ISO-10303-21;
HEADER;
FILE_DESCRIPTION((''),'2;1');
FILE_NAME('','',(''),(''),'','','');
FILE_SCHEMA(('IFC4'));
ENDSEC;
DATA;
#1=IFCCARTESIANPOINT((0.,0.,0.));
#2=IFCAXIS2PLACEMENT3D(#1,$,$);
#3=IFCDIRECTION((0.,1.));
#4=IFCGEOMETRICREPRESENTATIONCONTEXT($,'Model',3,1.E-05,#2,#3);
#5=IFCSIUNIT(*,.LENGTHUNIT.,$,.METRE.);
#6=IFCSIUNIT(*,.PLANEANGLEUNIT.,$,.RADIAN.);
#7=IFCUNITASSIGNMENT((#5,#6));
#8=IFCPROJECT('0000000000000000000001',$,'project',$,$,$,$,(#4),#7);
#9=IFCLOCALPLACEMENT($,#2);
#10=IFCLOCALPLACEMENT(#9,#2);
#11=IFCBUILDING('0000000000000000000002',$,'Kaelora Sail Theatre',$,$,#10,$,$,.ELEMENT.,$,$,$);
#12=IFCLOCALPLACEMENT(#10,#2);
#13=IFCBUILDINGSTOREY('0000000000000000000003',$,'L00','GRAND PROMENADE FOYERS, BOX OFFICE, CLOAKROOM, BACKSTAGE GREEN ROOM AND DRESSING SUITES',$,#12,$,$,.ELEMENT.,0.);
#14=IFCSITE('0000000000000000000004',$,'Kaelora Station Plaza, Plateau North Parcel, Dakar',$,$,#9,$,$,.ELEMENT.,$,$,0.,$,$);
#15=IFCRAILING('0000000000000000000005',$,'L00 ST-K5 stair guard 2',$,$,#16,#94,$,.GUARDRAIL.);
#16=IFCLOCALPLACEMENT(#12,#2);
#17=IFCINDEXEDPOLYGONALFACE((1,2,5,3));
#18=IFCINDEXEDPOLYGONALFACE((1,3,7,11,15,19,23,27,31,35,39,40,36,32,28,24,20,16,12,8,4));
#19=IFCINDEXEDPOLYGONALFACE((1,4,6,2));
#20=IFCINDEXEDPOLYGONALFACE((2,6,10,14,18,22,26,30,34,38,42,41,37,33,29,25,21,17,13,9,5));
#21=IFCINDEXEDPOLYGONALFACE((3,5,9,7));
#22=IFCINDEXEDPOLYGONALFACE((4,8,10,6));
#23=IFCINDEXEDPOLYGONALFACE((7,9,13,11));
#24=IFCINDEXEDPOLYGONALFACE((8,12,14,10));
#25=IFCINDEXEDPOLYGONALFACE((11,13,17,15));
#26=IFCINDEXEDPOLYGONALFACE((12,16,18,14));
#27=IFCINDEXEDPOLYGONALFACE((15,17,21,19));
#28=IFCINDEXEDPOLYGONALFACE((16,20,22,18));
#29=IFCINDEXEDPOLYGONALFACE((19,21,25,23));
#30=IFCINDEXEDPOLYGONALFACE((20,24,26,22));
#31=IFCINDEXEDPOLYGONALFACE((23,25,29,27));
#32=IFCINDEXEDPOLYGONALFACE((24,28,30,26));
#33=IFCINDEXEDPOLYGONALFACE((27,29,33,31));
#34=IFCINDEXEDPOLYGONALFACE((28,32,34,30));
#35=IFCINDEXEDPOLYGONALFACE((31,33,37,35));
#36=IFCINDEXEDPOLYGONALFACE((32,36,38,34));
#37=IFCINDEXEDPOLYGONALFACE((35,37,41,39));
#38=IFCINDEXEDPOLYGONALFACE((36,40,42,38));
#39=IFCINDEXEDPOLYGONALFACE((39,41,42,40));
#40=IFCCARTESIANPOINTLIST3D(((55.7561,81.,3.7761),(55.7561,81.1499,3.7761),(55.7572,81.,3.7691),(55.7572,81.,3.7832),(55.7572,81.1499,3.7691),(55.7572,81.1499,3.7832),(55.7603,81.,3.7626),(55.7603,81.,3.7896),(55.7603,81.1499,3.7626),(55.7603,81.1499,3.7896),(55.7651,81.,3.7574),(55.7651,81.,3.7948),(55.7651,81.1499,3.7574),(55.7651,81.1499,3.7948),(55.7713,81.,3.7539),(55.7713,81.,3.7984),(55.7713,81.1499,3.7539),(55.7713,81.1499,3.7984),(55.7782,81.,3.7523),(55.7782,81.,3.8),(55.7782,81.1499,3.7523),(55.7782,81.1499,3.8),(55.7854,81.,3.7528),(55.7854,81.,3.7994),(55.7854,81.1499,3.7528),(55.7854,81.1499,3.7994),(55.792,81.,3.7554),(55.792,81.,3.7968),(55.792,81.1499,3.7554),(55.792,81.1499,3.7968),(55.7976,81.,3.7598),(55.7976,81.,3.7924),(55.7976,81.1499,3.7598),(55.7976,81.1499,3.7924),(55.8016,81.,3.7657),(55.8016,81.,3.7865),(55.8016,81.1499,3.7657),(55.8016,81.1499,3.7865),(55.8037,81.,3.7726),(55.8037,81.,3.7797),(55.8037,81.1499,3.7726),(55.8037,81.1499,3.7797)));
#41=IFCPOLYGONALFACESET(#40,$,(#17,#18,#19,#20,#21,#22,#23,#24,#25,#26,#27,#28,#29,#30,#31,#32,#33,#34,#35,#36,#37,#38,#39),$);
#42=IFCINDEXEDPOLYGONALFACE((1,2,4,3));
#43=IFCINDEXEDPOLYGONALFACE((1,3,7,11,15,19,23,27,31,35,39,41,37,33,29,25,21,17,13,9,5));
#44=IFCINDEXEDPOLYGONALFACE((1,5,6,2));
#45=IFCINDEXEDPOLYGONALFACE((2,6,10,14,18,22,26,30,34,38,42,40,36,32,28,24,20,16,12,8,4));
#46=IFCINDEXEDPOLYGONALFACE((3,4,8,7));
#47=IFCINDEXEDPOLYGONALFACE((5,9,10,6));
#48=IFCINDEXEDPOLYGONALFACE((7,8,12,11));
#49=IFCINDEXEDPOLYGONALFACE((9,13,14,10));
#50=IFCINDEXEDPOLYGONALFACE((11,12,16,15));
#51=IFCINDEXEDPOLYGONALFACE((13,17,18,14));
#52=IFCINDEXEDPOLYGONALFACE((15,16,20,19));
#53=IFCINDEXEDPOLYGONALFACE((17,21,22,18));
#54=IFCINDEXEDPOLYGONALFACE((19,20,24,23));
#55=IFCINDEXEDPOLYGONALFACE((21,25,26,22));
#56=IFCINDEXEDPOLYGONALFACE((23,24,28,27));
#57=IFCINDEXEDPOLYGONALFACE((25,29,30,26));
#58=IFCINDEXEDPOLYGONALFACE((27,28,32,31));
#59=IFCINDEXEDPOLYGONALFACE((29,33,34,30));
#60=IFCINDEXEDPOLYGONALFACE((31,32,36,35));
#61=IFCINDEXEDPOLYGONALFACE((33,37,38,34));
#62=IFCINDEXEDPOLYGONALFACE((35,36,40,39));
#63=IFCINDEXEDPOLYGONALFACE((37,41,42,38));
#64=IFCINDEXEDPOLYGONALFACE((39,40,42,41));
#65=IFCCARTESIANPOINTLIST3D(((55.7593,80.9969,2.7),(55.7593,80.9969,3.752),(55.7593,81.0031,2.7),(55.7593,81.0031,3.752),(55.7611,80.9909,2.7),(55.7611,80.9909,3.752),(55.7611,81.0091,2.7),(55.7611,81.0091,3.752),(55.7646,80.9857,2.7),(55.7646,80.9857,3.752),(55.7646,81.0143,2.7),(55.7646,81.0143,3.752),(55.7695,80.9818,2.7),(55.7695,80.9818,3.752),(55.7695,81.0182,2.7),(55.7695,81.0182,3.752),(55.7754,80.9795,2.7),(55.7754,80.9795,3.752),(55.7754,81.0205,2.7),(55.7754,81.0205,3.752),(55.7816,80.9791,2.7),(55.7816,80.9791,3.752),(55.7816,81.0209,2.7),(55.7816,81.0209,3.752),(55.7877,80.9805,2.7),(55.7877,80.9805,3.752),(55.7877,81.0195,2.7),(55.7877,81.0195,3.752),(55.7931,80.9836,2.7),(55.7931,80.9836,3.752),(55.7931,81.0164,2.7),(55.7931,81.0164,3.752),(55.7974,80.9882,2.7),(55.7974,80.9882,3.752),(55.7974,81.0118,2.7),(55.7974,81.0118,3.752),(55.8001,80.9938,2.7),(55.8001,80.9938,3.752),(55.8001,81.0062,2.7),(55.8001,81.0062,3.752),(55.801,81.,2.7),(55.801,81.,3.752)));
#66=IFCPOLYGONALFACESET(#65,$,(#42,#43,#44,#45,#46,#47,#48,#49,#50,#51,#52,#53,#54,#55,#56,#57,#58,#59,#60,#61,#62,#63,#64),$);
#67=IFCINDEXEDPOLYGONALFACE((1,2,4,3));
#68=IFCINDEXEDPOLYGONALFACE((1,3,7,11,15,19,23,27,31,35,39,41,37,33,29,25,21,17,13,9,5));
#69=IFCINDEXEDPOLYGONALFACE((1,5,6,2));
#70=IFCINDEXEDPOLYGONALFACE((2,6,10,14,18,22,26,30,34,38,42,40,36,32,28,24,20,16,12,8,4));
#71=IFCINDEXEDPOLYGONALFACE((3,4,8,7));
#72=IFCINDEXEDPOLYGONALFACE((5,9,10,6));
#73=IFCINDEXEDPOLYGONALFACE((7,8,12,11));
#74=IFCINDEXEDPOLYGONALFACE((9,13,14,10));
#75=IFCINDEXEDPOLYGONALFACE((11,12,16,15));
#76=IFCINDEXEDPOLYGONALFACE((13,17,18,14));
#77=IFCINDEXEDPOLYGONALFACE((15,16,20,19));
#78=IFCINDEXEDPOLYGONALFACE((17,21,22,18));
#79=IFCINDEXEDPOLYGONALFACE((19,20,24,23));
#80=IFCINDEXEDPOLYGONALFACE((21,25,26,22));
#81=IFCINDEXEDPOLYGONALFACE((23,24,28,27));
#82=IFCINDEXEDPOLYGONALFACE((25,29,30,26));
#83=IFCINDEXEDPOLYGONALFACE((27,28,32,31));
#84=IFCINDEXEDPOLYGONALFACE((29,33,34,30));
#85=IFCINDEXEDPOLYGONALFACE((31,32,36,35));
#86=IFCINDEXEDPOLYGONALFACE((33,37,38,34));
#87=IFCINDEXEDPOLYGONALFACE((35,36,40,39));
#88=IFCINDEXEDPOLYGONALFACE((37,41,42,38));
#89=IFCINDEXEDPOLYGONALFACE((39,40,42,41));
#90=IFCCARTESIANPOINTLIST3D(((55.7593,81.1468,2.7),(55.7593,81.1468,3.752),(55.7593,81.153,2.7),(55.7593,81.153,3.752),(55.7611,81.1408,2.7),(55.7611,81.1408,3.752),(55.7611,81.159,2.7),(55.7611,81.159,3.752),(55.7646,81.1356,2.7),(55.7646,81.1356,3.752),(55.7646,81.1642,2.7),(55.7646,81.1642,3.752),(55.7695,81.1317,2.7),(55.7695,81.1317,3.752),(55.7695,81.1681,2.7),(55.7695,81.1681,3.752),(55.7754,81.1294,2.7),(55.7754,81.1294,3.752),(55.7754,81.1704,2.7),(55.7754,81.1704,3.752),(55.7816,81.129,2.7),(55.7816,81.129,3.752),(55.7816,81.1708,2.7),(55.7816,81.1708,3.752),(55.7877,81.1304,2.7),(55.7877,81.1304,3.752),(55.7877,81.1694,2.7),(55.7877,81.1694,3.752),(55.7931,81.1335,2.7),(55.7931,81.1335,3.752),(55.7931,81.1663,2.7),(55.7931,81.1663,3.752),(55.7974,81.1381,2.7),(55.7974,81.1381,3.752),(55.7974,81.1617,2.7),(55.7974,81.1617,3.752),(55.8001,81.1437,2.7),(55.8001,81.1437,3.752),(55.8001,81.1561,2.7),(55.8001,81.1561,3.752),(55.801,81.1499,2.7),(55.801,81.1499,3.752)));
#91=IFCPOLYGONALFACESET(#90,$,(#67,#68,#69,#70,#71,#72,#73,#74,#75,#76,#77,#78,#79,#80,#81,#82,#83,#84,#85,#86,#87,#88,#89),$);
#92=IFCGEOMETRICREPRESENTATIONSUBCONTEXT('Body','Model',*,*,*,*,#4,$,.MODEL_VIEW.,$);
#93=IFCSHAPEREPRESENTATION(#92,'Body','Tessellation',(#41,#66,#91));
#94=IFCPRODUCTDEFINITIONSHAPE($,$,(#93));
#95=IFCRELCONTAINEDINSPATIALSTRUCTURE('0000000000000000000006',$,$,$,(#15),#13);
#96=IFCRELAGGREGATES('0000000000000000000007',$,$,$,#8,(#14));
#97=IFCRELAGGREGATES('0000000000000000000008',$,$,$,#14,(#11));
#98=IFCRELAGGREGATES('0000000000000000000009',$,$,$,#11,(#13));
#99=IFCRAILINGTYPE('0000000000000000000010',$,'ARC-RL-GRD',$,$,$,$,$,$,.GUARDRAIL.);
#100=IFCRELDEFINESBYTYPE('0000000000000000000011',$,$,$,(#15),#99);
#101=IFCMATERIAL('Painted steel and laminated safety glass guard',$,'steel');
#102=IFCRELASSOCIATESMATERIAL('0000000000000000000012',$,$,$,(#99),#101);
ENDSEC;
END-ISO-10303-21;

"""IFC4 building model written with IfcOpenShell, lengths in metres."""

from ifc_helpers import new_model, si_unit, direction, frame, origin, origin_2d, place, context, subcontext, project, spatial, circle, extrude, material, type_object, element, save


model = new_model("IFC4")

# Units and contexts
model_context = context("Model", 3, precision=1e-05, world=origin(), true_north=direction((0.0, 1.0)))
body_context = subcontext(model_context, "Body", "Model", "MODEL_VIEW")
ifc_project = project(units=[si_unit("LENGTHUNIT", "METRE"), si_unit("PLANEANGLEUNIT", "RADIAN")], contexts=[model_context])

# Site, building, storey
site_placement = place(None, origin())
site = spatial("IfcSite", under=ifc_project, at=site_placement, Name="Kaelora Station Plaza, Plateau North Parcel, Dakar", CompositionType="ELEMENT", RefElevation=0.0)
building_placement = place(site_placement, origin())
building = spatial("IfcBuilding", under=site, at=building_placement, Name="Kaelora Sail Theatre", CompositionType="ELEMENT")
storey_placement = place(building_placement, origin())
storey = spatial("IfcBuildingStorey", under=building, at=storey_placement, Name="L00", Description="GRAND PROMENADE FOYERS, BOX OFFICE, CLOAKROOM, BACKSTAGE GREEN ROOM AND DRESSING SUITES", CompositionType="ELEMENT", Elevation=0.0)

# Railing
ifc_material_1 = material(Name="Painted steel and laminated safety glass guard", Category="steel")
railing_type_1 = type_object("IfcRailingType", Name="ARC-RL-GRD", PredefinedType="GUARDRAIL", material=ifc_material_1)
railing_1_placement = place(storey_placement, frame((55.78, 81.0, 2.7)))
element("IfcRailing", 1, at=railing_1_placement, inside=storey, type_object=railing_type_1, Name="L00 ST-K5 stair guard 2", PredefinedType="GUARDRAIL", context=body_context, shape_type="SweptSolid", body=[
    extrude(circle(Radius=0.0239, at=origin_2d()), frame((0.0, 0.0, 1.0762), z_axis=(0.0, 1.0, 0.0), x_axis=(-1.0, 0.0, 0.0)), (0.0, 0.0, 1.0), 0.1499),
    extrude(circle(Radius=0.021, at=origin_2d()), origin(), (0.0, 0.0, 1.0), 1.052),
    extrude(circle(Radius=0.021, at=origin_2d()), frame((0.0, 0.1499, 0.0)), (0.0, 0.0, 1.0), 1.052),
])

save(model, "model.ifc")
